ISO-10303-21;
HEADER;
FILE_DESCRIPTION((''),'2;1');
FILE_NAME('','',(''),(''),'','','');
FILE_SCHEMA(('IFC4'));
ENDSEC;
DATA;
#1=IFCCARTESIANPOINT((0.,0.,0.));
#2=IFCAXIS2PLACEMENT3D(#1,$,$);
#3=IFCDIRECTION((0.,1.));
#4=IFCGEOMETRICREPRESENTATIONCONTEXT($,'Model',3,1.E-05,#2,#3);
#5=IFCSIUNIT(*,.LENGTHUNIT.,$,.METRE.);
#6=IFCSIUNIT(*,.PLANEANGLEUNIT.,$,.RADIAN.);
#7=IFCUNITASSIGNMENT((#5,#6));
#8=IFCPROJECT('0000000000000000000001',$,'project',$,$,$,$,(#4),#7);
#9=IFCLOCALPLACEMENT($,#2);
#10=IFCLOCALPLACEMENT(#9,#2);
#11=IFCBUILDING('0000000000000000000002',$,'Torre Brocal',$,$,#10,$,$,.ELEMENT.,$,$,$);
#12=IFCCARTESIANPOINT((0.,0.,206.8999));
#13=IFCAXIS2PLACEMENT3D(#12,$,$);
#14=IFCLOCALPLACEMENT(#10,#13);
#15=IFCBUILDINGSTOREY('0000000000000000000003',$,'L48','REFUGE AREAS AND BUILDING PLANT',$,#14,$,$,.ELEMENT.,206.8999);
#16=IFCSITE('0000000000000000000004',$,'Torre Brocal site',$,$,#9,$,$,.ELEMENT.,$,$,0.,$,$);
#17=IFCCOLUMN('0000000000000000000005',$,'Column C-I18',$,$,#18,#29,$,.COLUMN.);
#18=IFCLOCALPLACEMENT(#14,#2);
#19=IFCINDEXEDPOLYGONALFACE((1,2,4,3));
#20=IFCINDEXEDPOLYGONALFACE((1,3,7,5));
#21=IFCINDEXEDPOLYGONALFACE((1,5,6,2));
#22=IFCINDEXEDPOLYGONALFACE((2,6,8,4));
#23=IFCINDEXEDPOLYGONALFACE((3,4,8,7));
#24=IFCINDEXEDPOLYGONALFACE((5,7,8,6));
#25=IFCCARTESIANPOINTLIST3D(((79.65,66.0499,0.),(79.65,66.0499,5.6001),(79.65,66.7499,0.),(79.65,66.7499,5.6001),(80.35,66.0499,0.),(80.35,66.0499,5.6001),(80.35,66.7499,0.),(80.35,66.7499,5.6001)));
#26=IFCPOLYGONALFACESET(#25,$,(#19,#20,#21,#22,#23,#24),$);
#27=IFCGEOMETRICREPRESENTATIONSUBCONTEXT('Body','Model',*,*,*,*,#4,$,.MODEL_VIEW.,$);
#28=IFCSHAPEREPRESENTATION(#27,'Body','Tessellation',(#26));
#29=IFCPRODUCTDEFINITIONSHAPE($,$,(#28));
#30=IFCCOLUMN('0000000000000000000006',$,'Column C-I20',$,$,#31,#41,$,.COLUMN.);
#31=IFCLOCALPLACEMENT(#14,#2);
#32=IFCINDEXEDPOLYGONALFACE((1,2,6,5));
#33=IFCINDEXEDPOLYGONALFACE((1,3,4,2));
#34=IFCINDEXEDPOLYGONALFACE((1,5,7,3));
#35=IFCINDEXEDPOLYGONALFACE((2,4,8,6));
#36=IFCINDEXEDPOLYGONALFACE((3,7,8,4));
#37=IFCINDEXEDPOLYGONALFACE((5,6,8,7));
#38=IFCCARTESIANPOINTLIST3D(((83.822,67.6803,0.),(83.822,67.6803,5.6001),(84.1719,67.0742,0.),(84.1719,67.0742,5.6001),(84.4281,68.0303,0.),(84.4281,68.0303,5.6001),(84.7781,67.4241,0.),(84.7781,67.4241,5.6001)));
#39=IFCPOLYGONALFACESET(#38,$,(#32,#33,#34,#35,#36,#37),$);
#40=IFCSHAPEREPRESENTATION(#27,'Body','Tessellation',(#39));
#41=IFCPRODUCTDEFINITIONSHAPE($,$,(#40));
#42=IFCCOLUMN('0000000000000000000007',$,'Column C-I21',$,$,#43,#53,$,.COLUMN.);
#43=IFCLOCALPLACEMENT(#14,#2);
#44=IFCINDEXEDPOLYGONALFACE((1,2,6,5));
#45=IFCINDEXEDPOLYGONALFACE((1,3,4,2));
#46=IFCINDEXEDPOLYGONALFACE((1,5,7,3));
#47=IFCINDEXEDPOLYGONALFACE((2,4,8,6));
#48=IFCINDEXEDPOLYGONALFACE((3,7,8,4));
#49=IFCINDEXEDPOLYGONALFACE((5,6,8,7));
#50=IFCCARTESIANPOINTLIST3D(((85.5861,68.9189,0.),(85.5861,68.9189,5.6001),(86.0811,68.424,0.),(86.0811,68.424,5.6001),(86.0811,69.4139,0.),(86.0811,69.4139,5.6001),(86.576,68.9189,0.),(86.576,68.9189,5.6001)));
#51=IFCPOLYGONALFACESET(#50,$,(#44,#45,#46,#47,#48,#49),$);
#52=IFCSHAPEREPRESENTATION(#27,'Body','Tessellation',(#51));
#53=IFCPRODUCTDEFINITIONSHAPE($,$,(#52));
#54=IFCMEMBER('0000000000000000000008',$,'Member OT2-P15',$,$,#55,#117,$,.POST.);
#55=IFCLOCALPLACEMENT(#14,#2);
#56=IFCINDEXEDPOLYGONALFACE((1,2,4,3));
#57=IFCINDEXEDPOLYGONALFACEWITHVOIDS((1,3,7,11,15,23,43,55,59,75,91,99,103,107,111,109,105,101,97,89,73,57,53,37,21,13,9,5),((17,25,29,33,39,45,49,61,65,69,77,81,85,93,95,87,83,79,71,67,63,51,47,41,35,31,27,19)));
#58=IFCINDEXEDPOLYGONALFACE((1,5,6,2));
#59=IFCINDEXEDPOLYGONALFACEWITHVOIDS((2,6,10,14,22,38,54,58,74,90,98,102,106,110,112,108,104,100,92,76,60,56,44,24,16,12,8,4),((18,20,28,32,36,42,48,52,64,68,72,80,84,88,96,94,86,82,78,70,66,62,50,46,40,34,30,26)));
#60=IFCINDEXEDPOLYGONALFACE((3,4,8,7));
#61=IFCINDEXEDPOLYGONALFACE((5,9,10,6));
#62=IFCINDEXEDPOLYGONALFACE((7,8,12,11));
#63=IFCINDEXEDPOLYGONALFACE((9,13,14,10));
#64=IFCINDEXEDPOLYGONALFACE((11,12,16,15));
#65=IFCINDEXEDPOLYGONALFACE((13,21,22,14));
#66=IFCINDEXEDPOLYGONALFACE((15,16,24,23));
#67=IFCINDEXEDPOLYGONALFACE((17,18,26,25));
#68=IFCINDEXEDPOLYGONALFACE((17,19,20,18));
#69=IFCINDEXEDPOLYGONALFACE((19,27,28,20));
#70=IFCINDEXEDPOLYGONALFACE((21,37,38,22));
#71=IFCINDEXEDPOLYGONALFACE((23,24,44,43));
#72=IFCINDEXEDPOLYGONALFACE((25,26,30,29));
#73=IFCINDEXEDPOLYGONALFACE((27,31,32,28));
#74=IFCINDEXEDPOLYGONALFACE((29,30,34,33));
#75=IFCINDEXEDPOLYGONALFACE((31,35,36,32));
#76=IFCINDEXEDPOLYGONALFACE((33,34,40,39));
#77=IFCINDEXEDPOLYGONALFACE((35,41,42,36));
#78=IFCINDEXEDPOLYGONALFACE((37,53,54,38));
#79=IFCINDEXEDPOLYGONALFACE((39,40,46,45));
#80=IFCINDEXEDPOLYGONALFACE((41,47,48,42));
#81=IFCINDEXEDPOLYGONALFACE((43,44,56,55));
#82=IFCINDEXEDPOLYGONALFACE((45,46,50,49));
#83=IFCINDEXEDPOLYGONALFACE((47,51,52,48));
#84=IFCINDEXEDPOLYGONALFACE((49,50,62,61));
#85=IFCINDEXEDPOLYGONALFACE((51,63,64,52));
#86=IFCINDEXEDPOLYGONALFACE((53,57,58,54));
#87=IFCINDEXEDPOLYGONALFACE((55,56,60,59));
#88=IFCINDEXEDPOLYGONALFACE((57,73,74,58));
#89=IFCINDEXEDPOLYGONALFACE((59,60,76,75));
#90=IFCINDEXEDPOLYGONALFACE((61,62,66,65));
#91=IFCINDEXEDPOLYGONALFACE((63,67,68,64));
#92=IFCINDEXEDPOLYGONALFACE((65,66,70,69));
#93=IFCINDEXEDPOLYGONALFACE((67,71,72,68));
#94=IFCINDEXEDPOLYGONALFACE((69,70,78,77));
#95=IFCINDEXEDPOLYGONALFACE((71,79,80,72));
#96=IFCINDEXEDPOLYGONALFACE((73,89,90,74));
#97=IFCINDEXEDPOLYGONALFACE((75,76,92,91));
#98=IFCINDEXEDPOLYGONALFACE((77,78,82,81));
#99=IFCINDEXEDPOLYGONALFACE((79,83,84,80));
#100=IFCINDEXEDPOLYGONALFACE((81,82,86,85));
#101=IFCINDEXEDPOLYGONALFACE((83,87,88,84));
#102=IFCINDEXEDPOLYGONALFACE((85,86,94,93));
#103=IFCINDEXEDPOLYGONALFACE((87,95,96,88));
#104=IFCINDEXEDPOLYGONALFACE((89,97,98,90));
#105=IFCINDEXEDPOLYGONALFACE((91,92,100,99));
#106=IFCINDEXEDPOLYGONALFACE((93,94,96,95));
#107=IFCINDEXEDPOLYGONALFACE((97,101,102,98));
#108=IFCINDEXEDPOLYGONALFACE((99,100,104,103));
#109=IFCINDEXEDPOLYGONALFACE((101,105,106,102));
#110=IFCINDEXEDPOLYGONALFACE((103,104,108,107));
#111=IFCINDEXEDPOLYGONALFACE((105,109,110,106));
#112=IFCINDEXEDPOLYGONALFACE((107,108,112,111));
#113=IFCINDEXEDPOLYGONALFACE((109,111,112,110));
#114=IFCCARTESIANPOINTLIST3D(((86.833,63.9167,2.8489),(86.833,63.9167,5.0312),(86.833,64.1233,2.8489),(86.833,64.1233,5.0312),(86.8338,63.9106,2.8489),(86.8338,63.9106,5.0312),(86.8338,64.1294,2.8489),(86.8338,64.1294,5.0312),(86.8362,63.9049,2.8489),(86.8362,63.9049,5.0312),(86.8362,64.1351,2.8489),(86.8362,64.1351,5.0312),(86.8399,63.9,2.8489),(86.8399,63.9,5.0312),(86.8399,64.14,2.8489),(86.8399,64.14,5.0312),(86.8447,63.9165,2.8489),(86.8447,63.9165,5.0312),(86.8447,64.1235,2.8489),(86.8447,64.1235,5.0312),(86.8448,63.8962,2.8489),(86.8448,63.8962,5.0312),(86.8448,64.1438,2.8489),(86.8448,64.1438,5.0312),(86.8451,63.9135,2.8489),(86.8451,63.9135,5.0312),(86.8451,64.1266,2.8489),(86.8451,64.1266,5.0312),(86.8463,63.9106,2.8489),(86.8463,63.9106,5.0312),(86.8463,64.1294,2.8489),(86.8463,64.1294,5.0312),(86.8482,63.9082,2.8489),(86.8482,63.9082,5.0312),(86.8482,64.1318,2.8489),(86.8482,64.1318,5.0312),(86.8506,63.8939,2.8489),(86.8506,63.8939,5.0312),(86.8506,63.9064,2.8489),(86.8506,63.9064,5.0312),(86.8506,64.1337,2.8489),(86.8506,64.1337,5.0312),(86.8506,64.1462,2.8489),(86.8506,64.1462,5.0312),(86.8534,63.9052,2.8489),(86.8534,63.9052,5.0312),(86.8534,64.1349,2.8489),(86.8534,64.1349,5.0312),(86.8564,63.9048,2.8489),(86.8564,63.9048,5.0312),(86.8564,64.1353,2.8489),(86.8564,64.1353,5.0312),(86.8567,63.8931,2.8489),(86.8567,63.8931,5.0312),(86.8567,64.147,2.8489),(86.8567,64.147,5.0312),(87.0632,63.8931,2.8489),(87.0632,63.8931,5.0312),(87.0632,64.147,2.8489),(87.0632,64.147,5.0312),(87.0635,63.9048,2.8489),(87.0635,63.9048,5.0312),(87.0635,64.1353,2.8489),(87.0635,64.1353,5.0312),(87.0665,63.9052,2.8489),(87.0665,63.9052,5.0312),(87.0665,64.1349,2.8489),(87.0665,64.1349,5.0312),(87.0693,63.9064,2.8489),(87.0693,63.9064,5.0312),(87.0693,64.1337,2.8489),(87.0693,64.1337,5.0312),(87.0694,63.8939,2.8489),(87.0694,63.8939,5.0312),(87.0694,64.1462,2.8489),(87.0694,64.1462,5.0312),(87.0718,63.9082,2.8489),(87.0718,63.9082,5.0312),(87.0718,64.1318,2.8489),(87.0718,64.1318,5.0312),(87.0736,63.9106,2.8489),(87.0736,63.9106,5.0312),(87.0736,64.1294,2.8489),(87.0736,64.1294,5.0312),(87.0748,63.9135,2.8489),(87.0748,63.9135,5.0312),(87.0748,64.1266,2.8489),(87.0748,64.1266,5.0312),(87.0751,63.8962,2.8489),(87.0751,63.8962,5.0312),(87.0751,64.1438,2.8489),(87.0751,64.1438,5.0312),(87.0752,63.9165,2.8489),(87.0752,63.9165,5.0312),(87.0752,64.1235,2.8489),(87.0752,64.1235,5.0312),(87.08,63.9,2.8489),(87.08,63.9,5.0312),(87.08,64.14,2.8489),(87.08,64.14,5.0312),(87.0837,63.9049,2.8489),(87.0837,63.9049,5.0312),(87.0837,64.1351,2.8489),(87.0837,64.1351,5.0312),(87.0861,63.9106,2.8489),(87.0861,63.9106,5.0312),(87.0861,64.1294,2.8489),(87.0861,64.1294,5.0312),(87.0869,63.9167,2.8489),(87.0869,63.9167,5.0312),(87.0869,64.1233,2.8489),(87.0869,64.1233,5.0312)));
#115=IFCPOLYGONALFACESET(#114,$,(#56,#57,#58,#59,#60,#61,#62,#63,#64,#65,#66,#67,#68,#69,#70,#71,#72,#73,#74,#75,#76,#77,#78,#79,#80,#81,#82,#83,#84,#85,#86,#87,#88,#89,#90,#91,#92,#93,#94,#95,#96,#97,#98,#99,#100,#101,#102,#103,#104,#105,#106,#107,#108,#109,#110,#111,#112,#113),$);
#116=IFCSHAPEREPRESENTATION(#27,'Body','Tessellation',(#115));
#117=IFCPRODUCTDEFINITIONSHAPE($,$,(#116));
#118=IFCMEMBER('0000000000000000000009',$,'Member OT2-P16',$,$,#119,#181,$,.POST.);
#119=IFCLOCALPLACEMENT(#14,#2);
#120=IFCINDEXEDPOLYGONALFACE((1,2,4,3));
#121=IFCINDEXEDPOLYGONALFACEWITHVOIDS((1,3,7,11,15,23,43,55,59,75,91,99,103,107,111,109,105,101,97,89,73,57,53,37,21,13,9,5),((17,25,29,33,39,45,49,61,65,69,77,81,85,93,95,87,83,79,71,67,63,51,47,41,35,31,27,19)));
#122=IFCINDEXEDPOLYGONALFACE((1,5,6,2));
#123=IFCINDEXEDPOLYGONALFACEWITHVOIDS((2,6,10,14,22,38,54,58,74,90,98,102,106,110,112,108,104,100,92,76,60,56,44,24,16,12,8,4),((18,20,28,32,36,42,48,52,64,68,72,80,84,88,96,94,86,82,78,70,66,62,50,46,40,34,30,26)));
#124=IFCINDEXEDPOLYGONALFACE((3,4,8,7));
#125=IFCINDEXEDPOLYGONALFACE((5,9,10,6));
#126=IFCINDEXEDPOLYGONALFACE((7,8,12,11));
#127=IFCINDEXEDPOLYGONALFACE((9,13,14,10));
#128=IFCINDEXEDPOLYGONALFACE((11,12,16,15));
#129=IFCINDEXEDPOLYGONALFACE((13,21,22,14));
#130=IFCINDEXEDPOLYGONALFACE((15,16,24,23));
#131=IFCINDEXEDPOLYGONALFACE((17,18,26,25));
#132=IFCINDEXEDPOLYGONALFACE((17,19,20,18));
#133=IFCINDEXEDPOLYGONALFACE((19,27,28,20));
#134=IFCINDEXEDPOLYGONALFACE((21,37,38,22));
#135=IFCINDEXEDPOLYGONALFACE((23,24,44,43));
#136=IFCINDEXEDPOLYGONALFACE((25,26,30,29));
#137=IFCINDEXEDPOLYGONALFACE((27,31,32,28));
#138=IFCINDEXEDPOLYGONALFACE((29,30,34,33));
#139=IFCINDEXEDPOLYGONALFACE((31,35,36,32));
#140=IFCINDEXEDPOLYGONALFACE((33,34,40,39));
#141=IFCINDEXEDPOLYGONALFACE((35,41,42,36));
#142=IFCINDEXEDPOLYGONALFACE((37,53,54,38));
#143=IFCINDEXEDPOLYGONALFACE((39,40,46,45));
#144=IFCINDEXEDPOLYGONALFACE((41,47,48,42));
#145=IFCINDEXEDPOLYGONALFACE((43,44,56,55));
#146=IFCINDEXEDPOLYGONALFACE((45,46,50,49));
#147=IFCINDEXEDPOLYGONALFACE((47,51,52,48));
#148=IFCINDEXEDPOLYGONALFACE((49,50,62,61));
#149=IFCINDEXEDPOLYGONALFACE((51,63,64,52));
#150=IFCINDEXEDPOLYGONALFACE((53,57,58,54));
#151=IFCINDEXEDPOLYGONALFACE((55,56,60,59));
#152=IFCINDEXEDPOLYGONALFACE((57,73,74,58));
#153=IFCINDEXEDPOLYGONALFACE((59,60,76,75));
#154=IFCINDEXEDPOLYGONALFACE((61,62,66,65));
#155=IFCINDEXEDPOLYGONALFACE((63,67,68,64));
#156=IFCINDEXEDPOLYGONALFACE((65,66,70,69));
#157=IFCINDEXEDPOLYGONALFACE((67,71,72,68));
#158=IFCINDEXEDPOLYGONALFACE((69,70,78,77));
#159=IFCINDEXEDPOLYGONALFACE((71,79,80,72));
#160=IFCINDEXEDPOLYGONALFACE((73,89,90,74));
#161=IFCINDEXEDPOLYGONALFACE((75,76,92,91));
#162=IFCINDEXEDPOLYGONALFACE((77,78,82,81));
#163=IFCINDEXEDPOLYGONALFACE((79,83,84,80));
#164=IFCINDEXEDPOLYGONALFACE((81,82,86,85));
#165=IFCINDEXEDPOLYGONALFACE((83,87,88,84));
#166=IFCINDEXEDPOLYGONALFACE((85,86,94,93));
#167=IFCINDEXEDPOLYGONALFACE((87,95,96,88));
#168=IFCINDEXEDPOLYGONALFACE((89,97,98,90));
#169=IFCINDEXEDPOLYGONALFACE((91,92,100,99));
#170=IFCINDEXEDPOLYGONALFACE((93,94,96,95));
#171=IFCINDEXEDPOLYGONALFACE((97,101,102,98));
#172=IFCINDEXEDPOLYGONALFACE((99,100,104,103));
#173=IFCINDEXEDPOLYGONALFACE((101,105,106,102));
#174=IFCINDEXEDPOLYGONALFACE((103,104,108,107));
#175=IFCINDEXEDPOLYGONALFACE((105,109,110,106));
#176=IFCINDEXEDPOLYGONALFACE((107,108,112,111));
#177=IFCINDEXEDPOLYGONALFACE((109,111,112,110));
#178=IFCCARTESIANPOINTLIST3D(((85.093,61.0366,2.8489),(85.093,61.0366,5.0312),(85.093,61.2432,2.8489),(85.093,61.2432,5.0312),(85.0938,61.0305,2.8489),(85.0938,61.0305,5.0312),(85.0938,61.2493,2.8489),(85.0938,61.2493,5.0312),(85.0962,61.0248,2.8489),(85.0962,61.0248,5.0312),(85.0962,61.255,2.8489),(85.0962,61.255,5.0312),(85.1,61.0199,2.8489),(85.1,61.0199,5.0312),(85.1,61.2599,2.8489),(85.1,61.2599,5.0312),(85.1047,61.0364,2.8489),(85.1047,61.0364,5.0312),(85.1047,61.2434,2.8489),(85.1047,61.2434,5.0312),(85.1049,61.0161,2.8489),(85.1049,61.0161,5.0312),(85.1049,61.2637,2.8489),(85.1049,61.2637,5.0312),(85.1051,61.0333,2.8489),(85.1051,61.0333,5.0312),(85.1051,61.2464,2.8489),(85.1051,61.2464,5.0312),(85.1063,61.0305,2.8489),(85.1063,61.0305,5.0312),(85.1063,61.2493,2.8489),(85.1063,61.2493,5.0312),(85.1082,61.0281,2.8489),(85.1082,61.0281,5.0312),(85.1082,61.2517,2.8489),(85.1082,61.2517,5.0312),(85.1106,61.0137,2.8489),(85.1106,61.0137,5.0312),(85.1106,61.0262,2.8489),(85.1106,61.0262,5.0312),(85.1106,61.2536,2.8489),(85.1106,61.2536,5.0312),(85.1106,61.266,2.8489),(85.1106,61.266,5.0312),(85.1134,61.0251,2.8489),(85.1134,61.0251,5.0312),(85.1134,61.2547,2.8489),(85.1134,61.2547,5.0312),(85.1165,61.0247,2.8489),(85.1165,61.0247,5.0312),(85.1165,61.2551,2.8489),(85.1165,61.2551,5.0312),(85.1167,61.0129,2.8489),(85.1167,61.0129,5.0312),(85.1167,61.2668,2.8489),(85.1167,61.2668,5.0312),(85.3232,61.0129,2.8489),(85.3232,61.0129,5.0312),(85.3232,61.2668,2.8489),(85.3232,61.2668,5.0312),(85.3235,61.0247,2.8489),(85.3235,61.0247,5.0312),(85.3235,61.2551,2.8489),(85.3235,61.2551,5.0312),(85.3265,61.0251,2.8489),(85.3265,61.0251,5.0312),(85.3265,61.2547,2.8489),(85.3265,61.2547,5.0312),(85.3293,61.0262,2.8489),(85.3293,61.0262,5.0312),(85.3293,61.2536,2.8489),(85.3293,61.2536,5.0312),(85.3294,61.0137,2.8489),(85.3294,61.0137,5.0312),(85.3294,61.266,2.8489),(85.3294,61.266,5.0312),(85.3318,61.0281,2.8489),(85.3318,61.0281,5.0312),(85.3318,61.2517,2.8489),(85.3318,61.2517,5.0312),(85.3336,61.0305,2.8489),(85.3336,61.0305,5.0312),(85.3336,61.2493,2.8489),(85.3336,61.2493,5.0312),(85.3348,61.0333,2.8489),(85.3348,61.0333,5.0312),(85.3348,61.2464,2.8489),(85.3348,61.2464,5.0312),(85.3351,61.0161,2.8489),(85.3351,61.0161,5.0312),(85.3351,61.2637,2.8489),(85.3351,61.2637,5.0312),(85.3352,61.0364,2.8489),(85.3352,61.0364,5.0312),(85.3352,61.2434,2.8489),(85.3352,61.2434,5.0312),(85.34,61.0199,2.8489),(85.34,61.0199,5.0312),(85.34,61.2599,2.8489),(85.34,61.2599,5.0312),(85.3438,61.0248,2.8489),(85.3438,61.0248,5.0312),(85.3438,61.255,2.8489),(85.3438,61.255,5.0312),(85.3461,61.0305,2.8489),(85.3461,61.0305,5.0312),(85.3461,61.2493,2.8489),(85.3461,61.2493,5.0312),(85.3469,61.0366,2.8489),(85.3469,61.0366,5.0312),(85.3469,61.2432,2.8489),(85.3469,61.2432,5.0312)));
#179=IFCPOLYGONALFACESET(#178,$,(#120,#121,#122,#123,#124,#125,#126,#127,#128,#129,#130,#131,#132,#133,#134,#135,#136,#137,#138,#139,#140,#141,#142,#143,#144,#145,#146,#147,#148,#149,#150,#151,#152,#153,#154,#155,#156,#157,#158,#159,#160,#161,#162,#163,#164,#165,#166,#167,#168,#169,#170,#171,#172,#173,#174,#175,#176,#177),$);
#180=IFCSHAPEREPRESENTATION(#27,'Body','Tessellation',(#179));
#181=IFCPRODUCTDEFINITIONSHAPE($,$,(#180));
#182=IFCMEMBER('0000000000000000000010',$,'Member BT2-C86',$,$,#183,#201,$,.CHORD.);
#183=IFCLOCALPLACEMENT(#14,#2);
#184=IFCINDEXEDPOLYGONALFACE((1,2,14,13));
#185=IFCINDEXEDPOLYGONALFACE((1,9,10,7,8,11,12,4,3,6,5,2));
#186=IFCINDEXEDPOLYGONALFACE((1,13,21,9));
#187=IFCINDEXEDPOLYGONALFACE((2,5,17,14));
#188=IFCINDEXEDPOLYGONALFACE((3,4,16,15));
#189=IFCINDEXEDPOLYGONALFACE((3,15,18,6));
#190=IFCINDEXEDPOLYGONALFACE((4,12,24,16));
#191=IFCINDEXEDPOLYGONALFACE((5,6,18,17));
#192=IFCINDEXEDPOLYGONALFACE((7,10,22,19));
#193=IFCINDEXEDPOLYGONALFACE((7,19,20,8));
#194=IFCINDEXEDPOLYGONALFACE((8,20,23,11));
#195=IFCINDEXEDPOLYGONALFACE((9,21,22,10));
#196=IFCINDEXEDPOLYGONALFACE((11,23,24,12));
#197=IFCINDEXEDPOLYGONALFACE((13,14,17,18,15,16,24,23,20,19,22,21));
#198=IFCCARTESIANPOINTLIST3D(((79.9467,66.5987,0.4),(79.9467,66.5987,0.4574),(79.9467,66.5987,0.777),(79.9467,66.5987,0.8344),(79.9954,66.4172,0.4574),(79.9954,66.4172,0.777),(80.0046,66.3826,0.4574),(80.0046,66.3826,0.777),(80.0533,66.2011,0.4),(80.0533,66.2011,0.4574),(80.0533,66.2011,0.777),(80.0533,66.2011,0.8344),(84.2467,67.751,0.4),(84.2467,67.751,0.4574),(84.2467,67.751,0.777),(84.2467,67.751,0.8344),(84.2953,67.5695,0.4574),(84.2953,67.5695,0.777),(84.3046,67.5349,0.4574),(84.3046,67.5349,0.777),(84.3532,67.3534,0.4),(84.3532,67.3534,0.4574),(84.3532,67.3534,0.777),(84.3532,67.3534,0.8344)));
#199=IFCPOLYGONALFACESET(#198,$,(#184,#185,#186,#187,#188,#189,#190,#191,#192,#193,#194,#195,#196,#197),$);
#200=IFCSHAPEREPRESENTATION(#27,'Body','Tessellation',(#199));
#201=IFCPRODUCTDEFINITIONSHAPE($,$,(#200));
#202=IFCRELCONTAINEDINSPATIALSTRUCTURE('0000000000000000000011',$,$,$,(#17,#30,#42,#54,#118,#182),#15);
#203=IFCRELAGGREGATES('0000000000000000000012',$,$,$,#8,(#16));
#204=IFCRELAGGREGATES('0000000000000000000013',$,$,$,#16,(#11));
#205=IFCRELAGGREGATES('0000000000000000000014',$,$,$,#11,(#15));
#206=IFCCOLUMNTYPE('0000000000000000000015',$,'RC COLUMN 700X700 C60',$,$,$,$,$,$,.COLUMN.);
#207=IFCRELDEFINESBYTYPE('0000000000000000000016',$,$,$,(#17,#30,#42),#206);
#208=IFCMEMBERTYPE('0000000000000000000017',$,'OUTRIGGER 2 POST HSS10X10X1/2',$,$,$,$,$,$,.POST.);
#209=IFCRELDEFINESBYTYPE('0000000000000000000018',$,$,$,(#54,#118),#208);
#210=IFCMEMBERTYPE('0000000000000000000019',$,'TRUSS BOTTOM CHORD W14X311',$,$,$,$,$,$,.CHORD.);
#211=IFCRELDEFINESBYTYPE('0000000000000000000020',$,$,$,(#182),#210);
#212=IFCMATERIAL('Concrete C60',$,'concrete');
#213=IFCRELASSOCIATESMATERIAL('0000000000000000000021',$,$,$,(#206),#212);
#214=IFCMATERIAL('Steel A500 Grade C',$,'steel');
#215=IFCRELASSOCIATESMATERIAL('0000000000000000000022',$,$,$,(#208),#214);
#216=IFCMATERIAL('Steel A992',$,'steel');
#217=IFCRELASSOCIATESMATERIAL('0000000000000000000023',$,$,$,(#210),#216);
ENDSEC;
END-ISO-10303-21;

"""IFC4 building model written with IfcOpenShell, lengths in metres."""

from ifc_helpers import new_model, si_unit, direction, frame, origin, origin_2d, place, context, subcontext, project, spatial, rectangle, hollow_rectangle, i_section, extrude, material, material_profile, profile_set, type_object, element, save


model = new_model("IFC4")

# Units and contexts
model_context = context("Model", 3, precision=1e-05, world=origin(), true_north=direction((0.0, 1.0)))
body_context = subcontext(model_context, "Body", "Model", "MODEL_VIEW")
ifc_project = project(units=[si_unit("LENGTHUNIT", "METRE"), si_unit("PLANEANGLEUNIT", "RADIAN")], contexts=[model_context])

# Site, building, storey
site_placement = place(None, origin())
site = spatial("IfcSite", under=ifc_project, at=site_placement, Name="Torre Brocal site", CompositionType="ELEMENT", RefElevation=0.0)
building_placement = place(site_placement, origin())
building = spatial("IfcBuilding", under=site, at=building_placement, Name="Torre Brocal", CompositionType="ELEMENT")
storey_placement = place(building_placement, frame((0.0, 0.0, 206.8999)))
storey = spatial("IfcBuildingStorey", under=building, at=storey_placement, Name="L48", Description="REFUGE AREAS AND BUILDING PLANT", CompositionType="ELEMENT", Elevation=206.8999)

# Columns
ifc_material_1 = material(Name="Concrete C60", Category="concrete")
ifc_material_profile_1 = material_profile(ifc_material_1, rectangle(XDim=0.7, YDim=0.7, at=origin_2d()), Name="RC 700X700")
ifc_profile_set_1 = profile_set([ifc_material_profile_1], Name="Concrete C60")
column_type = type_object("IfcColumnType", Name="RC COLUMN 700X700 C60", PredefinedType="COLUMN", material=ifc_profile_set_1)
for number, where, z_axis, x_axis, name in (
    (1, (80.0, 66.3999, 0.0), (0.0, 0.0, 1.0), (0.0, -1.0, 0.0), "Column C-I18"),
    (2, (84.3, 67.5522, 0.0), (0.0, 0.0, 1.0), (0.5, -0.866025, 0.0), "Column C-I20"),
    (3, (86.0811, 68.9189, 0.0), (0.0, 0.0, 1.0), (0.707107, -0.707107, 0.0), "Column C-I21"),
):
    element("IfcColumn", number, at=place(storey_placement, frame(where, z_axis=z_axis, x_axis=x_axis)), inside=storey, type_object=column_type, Name=name, PredefinedType="COLUMN", context=body_context, shape_type="SweptSolid", body=[
        extrude(rectangle(XDim=0.7, YDim=0.7, at=origin_2d()), origin(), (0.0, 0.0, 1.0), 5.6001),
    ])

# Members
ifc_material_2 = material(Name="Steel A500 Grade C", Category="steel")
ifc_material_profile_2 = material_profile(ifc_material_2, hollow_rectangle(XDim=0.2539, YDim=0.2539, WallThickness=0.0117, InnerFilletRadius=0.0117, OuterFilletRadius=0.0237, at=origin_2d()), Name="HSS10X10X1/2")
ifc_profile_set_2 = profile_set([ifc_material_profile_2], Name="Steel A500 Grade C")
member_type_1 = type_object("IfcMemberType", Name="OUTRIGGER 2 POST HSS10X10X1/2", PredefinedType="POST", material=ifc_profile_set_2)
for number, where, z_axis, x_axis, name in (
    (4, (86.96, 64.02, 2.8489), (0.0, 0.0, 1.0), (1.0, 0.0, 0.0), "Member OT2-P15"),
    (5, (85.22, 61.1399, 2.8489), (0.0, 0.0, 1.0), (1.0, 0.0, 0.0), "Member OT2-P16"),
):
    element("IfcMember", number, at=place(storey_placement, frame(where, z_axis=z_axis, x_axis=x_axis)), inside=storey, type_object=member_type_1, Name=name, PredefinedType="POST", context=body_context, shape_type="SweptSolid", body=[
        extrude(hollow_rectangle(XDim=0.2539, YDim=0.2539, WallThickness=0.0117, InnerFilletRadius=0.0117, OuterFilletRadius=0.0237, at=origin_2d()), origin(), (0.0, 0.0, 1.0), 2.1824),
    ])
ifc_material_3 = material(Name="Steel A992", Category="steel")
ifc_material_profile_3 = material_profile(ifc_material_3, i_section(OverallWidth=0.4116, OverallDepth=0.4343, WebThickness=0.0359, FlangeThickness=0.0574, at=origin_2d()), Name="W14X311")
ifc_profile_set_3 = profile_set([ifc_material_profile_3], Name="Steel A992")
member_type_2 = type_object("IfcMemberType", Name="TRUSS BOTTOM CHORD W14X311", PredefinedType="CHORD", material=ifc_profile_set_3)
member_1_placement = place(storey_placement, frame((80.0, 66.3999, 0.6172), z_axis=(0.965917, 0.25885, 0.0), x_axis=(-0.25885, 0.965917, 0.0)))
element("IfcMember", 6, at=member_1_placement, inside=storey, type_object=member_type_2, Name="Member BT2-C86", PredefinedType="CHORD", context=body_context, shape_type="SweptSolid", body=[
    extrude(i_section(OverallWidth=0.4116, OverallDepth=0.4343, WebThickness=0.0359, FlangeThickness=0.0574, at=origin_2d()), origin(), (0.0, 0.0, 1.0), 4.4517),
])

save(model, "model.ifc")
